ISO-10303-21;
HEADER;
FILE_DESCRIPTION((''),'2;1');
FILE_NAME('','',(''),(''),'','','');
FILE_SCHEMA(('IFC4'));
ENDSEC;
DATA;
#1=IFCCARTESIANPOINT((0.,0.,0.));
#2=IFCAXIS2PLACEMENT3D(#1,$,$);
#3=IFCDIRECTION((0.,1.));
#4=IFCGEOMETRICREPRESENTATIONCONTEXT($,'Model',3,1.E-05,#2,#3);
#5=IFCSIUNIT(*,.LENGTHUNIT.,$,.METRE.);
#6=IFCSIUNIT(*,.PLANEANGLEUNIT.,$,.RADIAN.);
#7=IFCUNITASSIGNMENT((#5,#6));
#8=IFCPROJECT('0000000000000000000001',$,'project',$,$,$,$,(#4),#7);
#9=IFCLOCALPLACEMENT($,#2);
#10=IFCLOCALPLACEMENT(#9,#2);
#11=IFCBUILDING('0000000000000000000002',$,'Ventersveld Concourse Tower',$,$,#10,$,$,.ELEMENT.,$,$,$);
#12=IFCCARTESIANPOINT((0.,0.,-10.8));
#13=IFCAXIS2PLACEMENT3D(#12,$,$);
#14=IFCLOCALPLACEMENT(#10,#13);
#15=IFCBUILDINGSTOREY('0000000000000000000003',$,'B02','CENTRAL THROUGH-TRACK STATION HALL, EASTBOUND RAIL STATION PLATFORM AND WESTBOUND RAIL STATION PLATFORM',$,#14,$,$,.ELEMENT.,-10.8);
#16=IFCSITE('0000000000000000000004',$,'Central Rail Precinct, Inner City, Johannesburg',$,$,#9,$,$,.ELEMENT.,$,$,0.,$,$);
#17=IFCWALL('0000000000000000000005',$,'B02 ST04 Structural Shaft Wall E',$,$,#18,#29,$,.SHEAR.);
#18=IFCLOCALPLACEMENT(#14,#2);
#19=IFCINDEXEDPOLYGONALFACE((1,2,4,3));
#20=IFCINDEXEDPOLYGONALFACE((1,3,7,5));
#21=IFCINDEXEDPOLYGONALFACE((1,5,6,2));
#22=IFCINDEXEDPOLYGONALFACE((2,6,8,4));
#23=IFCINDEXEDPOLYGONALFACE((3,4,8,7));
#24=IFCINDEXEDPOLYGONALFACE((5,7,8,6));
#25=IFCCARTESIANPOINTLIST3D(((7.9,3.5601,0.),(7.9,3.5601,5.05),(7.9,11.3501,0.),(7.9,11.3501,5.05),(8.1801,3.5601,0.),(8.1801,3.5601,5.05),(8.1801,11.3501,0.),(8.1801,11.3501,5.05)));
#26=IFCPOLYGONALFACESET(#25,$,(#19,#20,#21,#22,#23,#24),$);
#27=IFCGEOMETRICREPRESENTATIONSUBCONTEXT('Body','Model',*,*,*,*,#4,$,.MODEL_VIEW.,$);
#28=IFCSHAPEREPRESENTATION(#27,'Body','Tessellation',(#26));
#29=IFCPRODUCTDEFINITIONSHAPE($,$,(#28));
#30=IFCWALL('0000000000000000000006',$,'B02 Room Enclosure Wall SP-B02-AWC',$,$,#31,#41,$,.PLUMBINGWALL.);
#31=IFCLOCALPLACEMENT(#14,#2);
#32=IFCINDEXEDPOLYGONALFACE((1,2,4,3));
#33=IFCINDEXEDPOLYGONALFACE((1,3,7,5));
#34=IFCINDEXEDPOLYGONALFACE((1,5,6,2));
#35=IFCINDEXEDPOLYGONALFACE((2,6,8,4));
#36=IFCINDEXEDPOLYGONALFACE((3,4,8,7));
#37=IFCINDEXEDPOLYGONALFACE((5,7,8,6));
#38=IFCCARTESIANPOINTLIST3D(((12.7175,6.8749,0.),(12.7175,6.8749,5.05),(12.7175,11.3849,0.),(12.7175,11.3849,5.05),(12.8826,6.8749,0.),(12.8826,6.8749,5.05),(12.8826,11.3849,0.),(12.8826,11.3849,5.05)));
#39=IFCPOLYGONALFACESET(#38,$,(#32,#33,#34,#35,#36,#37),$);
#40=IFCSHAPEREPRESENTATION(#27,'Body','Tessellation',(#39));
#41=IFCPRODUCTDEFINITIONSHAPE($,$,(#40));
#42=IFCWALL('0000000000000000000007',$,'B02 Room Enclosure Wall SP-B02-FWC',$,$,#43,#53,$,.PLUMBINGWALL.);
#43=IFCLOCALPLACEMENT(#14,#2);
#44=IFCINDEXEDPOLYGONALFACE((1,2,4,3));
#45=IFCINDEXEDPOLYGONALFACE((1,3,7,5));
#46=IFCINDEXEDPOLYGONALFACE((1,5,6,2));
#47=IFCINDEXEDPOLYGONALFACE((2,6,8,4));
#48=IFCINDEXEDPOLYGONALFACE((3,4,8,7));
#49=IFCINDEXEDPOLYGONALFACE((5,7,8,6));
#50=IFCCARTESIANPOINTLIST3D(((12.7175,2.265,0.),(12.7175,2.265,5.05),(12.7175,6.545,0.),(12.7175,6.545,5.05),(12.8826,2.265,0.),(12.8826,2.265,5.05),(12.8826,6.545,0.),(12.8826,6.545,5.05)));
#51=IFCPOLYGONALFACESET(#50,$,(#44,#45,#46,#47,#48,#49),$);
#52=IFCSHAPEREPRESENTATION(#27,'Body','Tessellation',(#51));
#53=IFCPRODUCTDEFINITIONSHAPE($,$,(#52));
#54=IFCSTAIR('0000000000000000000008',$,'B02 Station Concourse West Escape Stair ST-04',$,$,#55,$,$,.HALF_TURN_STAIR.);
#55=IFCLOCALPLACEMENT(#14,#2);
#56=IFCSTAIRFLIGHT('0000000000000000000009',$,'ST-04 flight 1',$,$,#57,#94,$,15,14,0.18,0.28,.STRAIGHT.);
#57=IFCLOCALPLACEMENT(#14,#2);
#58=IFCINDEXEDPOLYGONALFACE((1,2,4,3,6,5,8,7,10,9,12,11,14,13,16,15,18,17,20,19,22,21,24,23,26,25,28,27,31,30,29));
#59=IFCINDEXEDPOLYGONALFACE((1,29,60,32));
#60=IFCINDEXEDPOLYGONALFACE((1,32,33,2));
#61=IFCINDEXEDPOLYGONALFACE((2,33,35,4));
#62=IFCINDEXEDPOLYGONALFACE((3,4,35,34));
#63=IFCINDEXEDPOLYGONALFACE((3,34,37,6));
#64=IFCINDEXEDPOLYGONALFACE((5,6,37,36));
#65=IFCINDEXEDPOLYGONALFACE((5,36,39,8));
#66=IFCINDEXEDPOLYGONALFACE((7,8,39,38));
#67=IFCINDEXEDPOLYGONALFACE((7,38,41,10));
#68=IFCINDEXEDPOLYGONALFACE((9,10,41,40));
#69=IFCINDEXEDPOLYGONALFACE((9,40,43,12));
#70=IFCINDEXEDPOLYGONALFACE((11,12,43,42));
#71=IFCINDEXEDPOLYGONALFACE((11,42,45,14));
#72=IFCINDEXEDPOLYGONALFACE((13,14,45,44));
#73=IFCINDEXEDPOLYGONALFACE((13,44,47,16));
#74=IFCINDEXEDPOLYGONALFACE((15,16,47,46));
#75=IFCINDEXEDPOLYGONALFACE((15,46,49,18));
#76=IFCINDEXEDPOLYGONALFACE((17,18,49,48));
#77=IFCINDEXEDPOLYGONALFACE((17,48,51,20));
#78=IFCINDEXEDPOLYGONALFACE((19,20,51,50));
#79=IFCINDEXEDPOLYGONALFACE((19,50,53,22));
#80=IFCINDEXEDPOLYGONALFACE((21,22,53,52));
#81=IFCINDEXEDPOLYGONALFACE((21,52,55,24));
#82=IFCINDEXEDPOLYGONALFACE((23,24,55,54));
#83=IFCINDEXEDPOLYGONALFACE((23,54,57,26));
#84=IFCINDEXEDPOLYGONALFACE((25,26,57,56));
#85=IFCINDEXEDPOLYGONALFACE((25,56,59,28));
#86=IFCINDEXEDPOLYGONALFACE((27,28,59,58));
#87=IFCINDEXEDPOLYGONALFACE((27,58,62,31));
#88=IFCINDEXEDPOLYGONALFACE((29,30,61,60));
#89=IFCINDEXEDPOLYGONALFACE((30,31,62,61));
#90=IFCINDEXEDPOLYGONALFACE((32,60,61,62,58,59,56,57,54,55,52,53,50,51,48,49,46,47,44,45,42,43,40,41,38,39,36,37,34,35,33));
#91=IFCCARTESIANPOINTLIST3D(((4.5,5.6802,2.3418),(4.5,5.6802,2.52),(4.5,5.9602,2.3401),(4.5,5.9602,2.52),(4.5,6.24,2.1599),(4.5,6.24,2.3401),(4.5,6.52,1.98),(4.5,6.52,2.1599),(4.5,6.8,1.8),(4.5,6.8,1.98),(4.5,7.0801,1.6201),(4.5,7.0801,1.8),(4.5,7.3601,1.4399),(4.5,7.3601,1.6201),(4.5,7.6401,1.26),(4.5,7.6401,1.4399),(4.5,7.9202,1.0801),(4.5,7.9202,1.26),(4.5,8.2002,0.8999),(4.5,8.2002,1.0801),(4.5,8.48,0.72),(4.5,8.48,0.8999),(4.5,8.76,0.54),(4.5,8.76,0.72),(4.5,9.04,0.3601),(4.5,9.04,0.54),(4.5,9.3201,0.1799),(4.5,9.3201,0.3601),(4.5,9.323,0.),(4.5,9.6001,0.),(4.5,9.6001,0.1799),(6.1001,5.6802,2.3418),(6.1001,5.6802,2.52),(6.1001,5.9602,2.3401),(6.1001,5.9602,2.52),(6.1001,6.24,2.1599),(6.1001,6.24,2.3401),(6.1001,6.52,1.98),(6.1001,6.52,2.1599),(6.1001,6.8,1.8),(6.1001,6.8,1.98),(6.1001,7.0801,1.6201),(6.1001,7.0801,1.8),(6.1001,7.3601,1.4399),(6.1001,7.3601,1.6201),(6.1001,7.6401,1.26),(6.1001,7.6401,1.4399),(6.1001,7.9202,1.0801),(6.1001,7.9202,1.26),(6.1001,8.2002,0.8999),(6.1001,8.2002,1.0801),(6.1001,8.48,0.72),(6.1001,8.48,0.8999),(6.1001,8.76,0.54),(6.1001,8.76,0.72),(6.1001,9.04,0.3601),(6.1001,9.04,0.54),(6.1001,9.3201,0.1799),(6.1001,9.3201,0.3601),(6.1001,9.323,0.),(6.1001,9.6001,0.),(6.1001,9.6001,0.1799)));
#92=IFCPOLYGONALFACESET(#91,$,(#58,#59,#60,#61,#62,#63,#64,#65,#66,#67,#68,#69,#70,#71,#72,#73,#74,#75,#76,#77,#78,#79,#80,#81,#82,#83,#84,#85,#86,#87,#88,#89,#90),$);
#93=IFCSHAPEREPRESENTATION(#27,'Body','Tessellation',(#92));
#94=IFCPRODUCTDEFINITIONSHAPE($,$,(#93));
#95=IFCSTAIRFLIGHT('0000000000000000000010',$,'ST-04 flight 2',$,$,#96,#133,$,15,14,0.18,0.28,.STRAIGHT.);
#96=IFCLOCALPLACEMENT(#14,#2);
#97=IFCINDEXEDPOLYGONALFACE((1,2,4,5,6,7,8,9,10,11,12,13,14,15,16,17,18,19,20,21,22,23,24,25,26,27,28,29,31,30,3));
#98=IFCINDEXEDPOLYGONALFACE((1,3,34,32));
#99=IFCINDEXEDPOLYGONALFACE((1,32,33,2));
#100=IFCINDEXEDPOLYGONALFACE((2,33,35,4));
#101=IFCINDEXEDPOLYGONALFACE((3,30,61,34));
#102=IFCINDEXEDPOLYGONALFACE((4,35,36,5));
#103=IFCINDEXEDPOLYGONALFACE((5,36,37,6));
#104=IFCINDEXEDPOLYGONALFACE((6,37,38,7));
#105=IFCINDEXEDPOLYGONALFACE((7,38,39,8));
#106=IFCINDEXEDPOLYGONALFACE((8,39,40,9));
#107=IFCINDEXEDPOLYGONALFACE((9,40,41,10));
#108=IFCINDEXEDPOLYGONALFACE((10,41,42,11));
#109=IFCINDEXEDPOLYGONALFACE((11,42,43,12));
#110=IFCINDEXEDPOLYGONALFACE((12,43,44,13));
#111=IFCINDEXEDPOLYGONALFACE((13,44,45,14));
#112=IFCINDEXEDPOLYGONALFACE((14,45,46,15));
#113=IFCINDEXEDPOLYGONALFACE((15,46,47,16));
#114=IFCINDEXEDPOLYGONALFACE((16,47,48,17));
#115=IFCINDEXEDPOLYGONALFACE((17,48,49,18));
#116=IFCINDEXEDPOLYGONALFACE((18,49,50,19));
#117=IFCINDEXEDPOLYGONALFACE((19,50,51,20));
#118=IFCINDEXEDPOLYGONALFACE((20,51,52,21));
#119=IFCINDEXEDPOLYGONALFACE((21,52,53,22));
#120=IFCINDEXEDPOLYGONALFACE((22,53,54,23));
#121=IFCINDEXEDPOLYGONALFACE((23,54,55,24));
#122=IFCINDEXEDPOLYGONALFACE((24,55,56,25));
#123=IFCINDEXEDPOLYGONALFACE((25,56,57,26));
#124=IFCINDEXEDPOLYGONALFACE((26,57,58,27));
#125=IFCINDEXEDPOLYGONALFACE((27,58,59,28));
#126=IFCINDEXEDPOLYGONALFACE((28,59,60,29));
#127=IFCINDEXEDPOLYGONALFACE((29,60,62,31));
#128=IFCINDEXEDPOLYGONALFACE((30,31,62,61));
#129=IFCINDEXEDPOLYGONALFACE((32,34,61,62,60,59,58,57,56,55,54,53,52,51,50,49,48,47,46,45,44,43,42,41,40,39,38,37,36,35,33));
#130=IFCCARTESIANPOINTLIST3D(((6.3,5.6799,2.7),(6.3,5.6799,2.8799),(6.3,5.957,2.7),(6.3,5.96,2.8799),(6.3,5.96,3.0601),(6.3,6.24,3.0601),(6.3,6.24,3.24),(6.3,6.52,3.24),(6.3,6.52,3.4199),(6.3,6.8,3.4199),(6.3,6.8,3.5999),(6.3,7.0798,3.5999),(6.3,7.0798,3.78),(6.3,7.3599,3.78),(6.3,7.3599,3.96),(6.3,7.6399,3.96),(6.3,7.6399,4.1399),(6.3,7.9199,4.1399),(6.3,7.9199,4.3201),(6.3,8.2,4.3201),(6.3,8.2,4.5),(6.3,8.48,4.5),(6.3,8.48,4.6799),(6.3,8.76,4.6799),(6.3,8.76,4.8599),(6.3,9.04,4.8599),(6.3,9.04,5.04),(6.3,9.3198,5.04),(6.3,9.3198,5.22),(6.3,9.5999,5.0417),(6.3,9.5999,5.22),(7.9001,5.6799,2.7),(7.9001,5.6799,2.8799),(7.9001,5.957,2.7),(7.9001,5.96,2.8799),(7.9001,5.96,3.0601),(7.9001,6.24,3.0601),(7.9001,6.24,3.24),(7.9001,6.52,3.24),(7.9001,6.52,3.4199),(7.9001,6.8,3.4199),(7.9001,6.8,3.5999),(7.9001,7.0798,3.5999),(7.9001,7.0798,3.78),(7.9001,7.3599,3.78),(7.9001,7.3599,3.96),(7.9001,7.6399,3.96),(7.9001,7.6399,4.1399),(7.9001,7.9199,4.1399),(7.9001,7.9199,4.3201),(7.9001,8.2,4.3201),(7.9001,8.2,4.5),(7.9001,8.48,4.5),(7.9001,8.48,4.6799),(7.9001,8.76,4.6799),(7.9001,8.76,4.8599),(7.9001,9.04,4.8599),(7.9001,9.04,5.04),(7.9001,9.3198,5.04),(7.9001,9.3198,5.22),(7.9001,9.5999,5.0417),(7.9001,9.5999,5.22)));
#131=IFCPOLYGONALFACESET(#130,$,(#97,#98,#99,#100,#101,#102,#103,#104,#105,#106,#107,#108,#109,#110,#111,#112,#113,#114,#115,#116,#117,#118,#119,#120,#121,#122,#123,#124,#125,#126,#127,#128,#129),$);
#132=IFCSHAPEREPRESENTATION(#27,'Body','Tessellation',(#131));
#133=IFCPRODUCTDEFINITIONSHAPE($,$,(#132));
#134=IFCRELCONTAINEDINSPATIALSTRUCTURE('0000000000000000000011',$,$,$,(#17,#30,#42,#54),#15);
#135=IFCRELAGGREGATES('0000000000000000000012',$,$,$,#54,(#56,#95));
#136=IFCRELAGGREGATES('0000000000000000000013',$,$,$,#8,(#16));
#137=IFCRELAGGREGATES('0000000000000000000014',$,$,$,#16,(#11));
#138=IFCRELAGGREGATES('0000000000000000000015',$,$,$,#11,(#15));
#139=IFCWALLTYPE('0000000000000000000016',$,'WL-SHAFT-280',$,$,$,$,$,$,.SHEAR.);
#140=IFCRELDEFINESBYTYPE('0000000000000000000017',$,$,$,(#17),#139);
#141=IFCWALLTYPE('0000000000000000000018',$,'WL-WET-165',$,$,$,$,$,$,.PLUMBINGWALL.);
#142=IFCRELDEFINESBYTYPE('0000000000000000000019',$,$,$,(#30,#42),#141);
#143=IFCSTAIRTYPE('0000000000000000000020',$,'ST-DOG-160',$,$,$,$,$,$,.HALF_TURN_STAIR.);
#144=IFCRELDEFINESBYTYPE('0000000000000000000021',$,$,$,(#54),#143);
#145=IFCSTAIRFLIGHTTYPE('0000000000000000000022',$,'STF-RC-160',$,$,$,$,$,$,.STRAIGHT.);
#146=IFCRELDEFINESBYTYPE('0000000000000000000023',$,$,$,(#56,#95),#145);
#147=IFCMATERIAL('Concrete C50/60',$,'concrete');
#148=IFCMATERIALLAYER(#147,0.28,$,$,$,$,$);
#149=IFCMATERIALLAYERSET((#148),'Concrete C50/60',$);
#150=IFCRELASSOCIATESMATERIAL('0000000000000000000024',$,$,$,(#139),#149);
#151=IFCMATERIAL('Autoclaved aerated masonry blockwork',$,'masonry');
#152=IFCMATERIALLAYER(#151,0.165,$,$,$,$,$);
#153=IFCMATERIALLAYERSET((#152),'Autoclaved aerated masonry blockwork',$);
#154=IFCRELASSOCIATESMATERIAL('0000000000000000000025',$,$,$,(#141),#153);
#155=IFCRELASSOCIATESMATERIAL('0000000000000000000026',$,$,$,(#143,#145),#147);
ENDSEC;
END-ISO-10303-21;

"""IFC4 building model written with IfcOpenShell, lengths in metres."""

from ifc_helpers import new_model, si_unit, direction, frame, frame_2d, origin, place, context, subcontext, project, spatial, polyline, rectangle, outline, extrude, material, layer, layer_set, type_object, element, aggregate, save


model = new_model("IFC4")

# Units and contexts
model_context = context("Model", 3, precision=1e-05, world=origin(), true_north=direction((0.0, 1.0)))
body_context = subcontext(model_context, "Body", "Model", "MODEL_VIEW")
ifc_project = project(units=[si_unit("LENGTHUNIT", "METRE"), si_unit("PLANEANGLEUNIT", "RADIAN")], contexts=[model_context])

# Site, building, storey
site_placement = place(None, origin())
site = spatial("IfcSite", under=ifc_project, at=site_placement, Name="Central Rail Precinct, Inner City, Johannesburg", CompositionType="ELEMENT", RefElevation=0.0)
building_placement = place(site_placement, origin())
building = spatial("IfcBuilding", under=site, at=building_placement, Name="Ventersveld Concourse Tower", CompositionType="ELEMENT")
storey_placement = place(building_placement, frame((0.0, 0.0, -10.8)))
storey = spatial("IfcBuildingStorey", under=building, at=storey_placement, Name="B02", Description="CENTRAL THROUGH-TRACK STATION HALL, EASTBOUND RAIL STATION PLATFORM AND WESTBOUND RAIL STATION PLATFORM", CompositionType="ELEMENT", Elevation=-10.8)

# Shared definitions
ifc_material_1 = material(Name="Concrete C50/60", Category="concrete")

# Walls
ifc_layer_1 = layer(ifc_material_1, 0.28)
ifc_layer_set_1 = layer_set([ifc_layer_1], Name="Concrete C50/60")
wall_type_1 = type_object("IfcWallType", Name="WL-SHAFT-280", PredefinedType="SHEAR", material=ifc_layer_set_1)
for number, where, z_axis, x_axis, name in (
    (1, (8.04, 3.5601, 0.0), (0.0, 0.0, 1.0), (0.0, 1.0, 0.0), "B02 ST04 Structural Shaft Wall E"),
):
    element("IfcWall", number, at=place(storey_placement, frame(where, z_axis=z_axis, x_axis=x_axis)), inside=storey, type_object=wall_type_1, Name=name, PredefinedType="SHEAR", context=body_context, shape_type="SweptSolid", body=[
        extrude(rectangle(XDim=7.79, YDim=0.28, at=frame_2d((3.895, 0.0))), origin(), (0.0, 0.0, 1.0), 5.05),
    ])
ifc_material_2 = material(Name="Autoclaved aerated masonry blockwork", Category="masonry")
ifc_layer_2 = layer(ifc_material_2, 0.165)
ifc_layer_set_2 = layer_set([ifc_layer_2], Name="Autoclaved aerated masonry blockwork")
wall_type_2 = type_object("IfcWallType", Name="WL-WET-165", PredefinedType="PLUMBINGWALL", material=ifc_layer_set_2)
wall_1_placement = place(storey_placement, frame((12.8, 6.875, 0.0), z_axis=(0.0, 0.0, 1.0), x_axis=(0.0, 1.0, 0.0)))
element("IfcWall", 2, at=wall_1_placement, inside=storey, type_object=wall_type_2, Name="B02 Room Enclosure Wall SP-B02-AWC", PredefinedType="PLUMBINGWALL", context=body_context, shape_type="SweptSolid", body=[
    extrude(rectangle(XDim=4.51, YDim=0.165, at=frame_2d((2.2549, 0.0))), origin(), (0.0, 0.0, 1.0), 5.05),
])
wall_2_placement = place(storey_placement, frame((12.8, 2.2649, 0.0), z_axis=(0.0, 0.0, 1.0), x_axis=(0.0, 1.0, 0.0)))
element("IfcWall", 3, at=wall_2_placement, inside=storey, type_object=wall_type_2, Name="B02 Room Enclosure Wall SP-B02-FWC", PredefinedType="PLUMBINGWALL", context=body_context, shape_type="SweptSolid", body=[
    extrude(rectangle(XDim=4.28, YDim=0.165, at=frame_2d((2.1401, 0.0))), origin(), (0.0, 0.0, 1.0), 5.05),
])

# Stair, stair flights
stair_type = type_object("IfcStairType", Name="ST-DOG-160", PredefinedType="HALF_TURN_STAIR", material=ifc_material_1)
stair_placement = place(storey_placement, origin())
stair = element("IfcStair", 4, at=stair_placement, inside=storey, type_object=stair_type, Name="B02 Station Concourse West Escape Stair ST-04", PredefinedType="HALF_TURN_STAIR")
stair_flight_type = type_object("IfcStairFlightType", Name="STF-RC-160", PredefinedType="STRAIGHT", material=ifc_material_1)
stair_flight_1_placement = place(storey_placement, frame((5.3, 9.6001, 0.0), z_axis=(0.0, 0.0, 1.0), x_axis=(0.0, -1.0, 0.0)))
stair_flight_1 = element("IfcStairFlight", 5, at=stair_flight_1_placement, type_object=stair_flight_type, Name="ST-04 flight 1", NumberOfRisers=15, NumberOfTreads=14, PredefinedType="STRAIGHT", RiserHeight=0.18, TreadLength=0.28, context=body_context, shape_type="SweptSolid", body=[
    extrude(outline(polyline([(0.0, 0.0), (0.0, 0.1799), (0.28, 0.1799), (0.28, 0.3601), (0.5601, 0.3601), (0.5601, 0.54), (0.8401, 0.54), (0.8401, 0.72), (1.1201, 0.72), (1.1201, 0.8999), (1.3999, 0.8999), (1.3999, 1.0801), (1.6799, 1.0801), (1.6799, 1.26), (1.96, 1.26), (1.96, 1.4399), (2.24, 1.4399), (2.24, 1.6201), (2.52, 1.6201), (2.52, 1.8), (2.8, 1.8), (2.8, 1.98), (3.0801, 1.98), (3.0801, 2.1599), (3.3601, 2.1599), (3.3601, 2.3401), (3.6399, 2.3401), (3.6399, 2.52), (3.9199, 2.52), (3.9199, 2.7), (3.9199, 2.3418), (0.2771, 0.0), (0.0, 0.0)])), frame((0.0, 0.8, 0.0), z_axis=(0.0, -1.0, 0.0), x_axis=(1.0, 0.0, 0.0)), (0.0, 0.0, 1.0), 1.6001),
])
stair_flight_2_placement = place(storey_placement, frame((7.1001, 5.6799, 2.7), z_axis=(0.0, 0.0, 1.0), x_axis=(0.0, 1.0, 0.0)))
stair_flight_2 = element("IfcStairFlight", 6, at=stair_flight_2_placement, type_object=stair_flight_type, Name="ST-04 flight 2", NumberOfRisers=15, NumberOfTreads=14, PredefinedType="STRAIGHT", RiserHeight=0.18, TreadLength=0.28, context=body_context, shape_type="SweptSolid", body=[
    extrude(outline(polyline([(0.0, 0.0), (0.0, 0.1799), (0.28, 0.1799), (0.28, 0.3601), (0.5601, 0.3601), (0.5601, 0.54), (0.8401, 0.54), (0.8401, 0.72), (1.1201, 0.72), (1.1201, 0.8999), (1.3999, 0.8999), (1.3999, 1.0801), (1.6799, 1.0801), (1.6799, 1.26), (1.96, 1.26), (1.96, 1.4399), (2.24, 1.4399), (2.24, 1.6201), (2.52, 1.6201), (2.52, 1.8), (2.8, 1.8), (2.8, 1.98), (3.0801, 1.98), (3.0801, 2.1599), (3.3601, 2.1599), (3.3601, 2.3401), (3.6399, 2.3401), (3.6399, 2.52), (3.9199, 2.52), (3.9199, 2.7), (3.9199, 2.3418), (0.2771, 0.0), (0.0, 0.0)])), frame((0.0, 0.8, 0.0), z_axis=(0.0, -1.0, 0.0), x_axis=(1.0, 0.0, 0.0)), (0.0, 0.0, 1.0), 1.6001),
])
aggregate(stair, [stair_flight_1, stair_flight_2])

save(model, "model.ifc")
